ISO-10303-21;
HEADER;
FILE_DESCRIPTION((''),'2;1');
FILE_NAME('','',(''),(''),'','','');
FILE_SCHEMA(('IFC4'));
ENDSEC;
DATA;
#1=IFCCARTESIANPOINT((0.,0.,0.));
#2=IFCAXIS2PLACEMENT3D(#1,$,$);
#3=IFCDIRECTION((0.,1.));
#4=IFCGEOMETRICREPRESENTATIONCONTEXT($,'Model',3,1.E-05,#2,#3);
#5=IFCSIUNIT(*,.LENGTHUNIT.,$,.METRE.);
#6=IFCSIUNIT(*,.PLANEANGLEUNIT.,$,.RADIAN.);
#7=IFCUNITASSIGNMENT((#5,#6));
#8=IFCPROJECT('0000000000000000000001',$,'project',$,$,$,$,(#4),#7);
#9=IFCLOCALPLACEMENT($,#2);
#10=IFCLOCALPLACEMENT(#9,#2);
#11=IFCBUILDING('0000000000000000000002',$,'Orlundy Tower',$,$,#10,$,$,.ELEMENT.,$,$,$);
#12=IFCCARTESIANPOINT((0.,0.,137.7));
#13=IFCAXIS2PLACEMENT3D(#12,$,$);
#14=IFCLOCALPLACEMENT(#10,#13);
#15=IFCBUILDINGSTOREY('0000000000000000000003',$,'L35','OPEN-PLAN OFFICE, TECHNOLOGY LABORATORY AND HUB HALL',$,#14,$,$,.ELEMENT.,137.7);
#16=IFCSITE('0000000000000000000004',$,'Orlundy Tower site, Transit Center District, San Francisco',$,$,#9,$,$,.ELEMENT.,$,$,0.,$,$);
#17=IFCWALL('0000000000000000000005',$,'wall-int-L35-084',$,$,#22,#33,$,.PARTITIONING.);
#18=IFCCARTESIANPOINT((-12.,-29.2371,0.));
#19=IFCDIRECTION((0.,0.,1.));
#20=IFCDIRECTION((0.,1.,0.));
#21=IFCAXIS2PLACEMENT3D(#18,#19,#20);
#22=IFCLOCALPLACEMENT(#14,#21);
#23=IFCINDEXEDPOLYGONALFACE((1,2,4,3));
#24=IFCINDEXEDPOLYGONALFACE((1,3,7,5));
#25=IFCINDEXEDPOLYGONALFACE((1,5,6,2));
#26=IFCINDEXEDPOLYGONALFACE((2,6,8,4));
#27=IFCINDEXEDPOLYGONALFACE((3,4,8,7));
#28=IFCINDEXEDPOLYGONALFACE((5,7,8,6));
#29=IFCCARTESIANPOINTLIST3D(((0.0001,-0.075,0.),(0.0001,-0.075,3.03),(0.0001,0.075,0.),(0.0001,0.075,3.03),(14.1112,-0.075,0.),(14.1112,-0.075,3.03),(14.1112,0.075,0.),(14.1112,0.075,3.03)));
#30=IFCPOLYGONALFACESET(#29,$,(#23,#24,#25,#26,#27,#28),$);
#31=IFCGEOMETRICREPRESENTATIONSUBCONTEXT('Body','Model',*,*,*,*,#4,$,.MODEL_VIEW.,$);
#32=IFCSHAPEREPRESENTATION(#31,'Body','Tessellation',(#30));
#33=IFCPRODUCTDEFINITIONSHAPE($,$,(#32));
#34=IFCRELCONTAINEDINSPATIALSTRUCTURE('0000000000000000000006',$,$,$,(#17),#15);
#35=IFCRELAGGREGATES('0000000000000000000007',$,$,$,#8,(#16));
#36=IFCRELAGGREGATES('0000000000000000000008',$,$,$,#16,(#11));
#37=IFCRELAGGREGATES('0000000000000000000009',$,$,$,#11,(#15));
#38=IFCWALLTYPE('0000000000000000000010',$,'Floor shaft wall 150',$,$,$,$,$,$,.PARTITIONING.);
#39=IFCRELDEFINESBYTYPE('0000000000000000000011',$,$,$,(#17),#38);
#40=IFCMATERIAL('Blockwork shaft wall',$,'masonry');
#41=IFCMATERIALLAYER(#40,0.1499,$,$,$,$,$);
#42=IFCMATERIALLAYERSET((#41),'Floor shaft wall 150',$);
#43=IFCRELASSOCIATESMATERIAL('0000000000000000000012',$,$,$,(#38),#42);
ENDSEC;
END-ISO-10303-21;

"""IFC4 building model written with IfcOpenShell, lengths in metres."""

from ifc_helpers import new_model, si_unit, direction, frame, frame_2d, origin, place, context, subcontext, project, spatial, rectangle, extrude, material, layer, layer_set, type_object, element, save


model = new_model("IFC4")

# Units and contexts
model_context = context("Model", 3, precision=1e-05, world=origin(), true_north=direction((0.0, 1.0)))
body_context = subcontext(model_context, "Body", "Model", "MODEL_VIEW")
ifc_project = project(units=[si_unit("LENGTHUNIT", "METRE"), si_unit("PLANEANGLEUNIT", "RADIAN")], contexts=[model_context])

# Site, building, storey
site_placement = place(None, origin())
site = spatial("IfcSite", under=ifc_project, at=site_placement, Name="Orlundy Tower site, Transit Center District, San Francisco", CompositionType="ELEMENT", RefElevation=0.0)
building_placement = place(site_placement, origin())
building = spatial("IfcBuilding", under=site, at=building_placement, Name="Orlundy Tower", CompositionType="ELEMENT")
storey_placement = place(building_placement, frame((0.0, 0.0, 137.7)))
storey = spatial("IfcBuildingStorey", under=building, at=storey_placement, Name="L35", Description="OPEN-PLAN OFFICE, TECHNOLOGY LABORATORY AND HUB HALL", CompositionType="ELEMENT", Elevation=137.7)

# Shared definitions
ifc_material_1 = material(Name="Blockwork shaft wall", Category="masonry")
ifc_layer_1 = layer(ifc_material_1, 0.1499)
ifc_layer_set_1 = layer_set([ifc_layer_1], Name="Floor shaft wall 150")
wall_type_1 = type_object("IfcWallType", Name="Floor shaft wall 150", PredefinedType="PARTITIONING", material=ifc_layer_set_1)

# Wall
wall_1_placement = place(storey_placement, frame((-12.0, -29.2371, 0.0), z_axis=(0.0, 0.0, 1.0), x_axis=(0.0, 1.0, 0.0)))
element("IfcWall", 1, at=wall_1_placement, inside=storey, type_object=wall_type_1, Name="wall-int-L35-084", PredefinedType="PARTITIONING", context=body_context, shape_type="SweptSolid", body=[
    extrude(rectangle(XDim=14.1111, YDim=0.1499, at=frame_2d((7.0557, 0.0))), origin(), (0.0, 0.0, 1.0), 3.03),
])

save(model, "model.ifc")
